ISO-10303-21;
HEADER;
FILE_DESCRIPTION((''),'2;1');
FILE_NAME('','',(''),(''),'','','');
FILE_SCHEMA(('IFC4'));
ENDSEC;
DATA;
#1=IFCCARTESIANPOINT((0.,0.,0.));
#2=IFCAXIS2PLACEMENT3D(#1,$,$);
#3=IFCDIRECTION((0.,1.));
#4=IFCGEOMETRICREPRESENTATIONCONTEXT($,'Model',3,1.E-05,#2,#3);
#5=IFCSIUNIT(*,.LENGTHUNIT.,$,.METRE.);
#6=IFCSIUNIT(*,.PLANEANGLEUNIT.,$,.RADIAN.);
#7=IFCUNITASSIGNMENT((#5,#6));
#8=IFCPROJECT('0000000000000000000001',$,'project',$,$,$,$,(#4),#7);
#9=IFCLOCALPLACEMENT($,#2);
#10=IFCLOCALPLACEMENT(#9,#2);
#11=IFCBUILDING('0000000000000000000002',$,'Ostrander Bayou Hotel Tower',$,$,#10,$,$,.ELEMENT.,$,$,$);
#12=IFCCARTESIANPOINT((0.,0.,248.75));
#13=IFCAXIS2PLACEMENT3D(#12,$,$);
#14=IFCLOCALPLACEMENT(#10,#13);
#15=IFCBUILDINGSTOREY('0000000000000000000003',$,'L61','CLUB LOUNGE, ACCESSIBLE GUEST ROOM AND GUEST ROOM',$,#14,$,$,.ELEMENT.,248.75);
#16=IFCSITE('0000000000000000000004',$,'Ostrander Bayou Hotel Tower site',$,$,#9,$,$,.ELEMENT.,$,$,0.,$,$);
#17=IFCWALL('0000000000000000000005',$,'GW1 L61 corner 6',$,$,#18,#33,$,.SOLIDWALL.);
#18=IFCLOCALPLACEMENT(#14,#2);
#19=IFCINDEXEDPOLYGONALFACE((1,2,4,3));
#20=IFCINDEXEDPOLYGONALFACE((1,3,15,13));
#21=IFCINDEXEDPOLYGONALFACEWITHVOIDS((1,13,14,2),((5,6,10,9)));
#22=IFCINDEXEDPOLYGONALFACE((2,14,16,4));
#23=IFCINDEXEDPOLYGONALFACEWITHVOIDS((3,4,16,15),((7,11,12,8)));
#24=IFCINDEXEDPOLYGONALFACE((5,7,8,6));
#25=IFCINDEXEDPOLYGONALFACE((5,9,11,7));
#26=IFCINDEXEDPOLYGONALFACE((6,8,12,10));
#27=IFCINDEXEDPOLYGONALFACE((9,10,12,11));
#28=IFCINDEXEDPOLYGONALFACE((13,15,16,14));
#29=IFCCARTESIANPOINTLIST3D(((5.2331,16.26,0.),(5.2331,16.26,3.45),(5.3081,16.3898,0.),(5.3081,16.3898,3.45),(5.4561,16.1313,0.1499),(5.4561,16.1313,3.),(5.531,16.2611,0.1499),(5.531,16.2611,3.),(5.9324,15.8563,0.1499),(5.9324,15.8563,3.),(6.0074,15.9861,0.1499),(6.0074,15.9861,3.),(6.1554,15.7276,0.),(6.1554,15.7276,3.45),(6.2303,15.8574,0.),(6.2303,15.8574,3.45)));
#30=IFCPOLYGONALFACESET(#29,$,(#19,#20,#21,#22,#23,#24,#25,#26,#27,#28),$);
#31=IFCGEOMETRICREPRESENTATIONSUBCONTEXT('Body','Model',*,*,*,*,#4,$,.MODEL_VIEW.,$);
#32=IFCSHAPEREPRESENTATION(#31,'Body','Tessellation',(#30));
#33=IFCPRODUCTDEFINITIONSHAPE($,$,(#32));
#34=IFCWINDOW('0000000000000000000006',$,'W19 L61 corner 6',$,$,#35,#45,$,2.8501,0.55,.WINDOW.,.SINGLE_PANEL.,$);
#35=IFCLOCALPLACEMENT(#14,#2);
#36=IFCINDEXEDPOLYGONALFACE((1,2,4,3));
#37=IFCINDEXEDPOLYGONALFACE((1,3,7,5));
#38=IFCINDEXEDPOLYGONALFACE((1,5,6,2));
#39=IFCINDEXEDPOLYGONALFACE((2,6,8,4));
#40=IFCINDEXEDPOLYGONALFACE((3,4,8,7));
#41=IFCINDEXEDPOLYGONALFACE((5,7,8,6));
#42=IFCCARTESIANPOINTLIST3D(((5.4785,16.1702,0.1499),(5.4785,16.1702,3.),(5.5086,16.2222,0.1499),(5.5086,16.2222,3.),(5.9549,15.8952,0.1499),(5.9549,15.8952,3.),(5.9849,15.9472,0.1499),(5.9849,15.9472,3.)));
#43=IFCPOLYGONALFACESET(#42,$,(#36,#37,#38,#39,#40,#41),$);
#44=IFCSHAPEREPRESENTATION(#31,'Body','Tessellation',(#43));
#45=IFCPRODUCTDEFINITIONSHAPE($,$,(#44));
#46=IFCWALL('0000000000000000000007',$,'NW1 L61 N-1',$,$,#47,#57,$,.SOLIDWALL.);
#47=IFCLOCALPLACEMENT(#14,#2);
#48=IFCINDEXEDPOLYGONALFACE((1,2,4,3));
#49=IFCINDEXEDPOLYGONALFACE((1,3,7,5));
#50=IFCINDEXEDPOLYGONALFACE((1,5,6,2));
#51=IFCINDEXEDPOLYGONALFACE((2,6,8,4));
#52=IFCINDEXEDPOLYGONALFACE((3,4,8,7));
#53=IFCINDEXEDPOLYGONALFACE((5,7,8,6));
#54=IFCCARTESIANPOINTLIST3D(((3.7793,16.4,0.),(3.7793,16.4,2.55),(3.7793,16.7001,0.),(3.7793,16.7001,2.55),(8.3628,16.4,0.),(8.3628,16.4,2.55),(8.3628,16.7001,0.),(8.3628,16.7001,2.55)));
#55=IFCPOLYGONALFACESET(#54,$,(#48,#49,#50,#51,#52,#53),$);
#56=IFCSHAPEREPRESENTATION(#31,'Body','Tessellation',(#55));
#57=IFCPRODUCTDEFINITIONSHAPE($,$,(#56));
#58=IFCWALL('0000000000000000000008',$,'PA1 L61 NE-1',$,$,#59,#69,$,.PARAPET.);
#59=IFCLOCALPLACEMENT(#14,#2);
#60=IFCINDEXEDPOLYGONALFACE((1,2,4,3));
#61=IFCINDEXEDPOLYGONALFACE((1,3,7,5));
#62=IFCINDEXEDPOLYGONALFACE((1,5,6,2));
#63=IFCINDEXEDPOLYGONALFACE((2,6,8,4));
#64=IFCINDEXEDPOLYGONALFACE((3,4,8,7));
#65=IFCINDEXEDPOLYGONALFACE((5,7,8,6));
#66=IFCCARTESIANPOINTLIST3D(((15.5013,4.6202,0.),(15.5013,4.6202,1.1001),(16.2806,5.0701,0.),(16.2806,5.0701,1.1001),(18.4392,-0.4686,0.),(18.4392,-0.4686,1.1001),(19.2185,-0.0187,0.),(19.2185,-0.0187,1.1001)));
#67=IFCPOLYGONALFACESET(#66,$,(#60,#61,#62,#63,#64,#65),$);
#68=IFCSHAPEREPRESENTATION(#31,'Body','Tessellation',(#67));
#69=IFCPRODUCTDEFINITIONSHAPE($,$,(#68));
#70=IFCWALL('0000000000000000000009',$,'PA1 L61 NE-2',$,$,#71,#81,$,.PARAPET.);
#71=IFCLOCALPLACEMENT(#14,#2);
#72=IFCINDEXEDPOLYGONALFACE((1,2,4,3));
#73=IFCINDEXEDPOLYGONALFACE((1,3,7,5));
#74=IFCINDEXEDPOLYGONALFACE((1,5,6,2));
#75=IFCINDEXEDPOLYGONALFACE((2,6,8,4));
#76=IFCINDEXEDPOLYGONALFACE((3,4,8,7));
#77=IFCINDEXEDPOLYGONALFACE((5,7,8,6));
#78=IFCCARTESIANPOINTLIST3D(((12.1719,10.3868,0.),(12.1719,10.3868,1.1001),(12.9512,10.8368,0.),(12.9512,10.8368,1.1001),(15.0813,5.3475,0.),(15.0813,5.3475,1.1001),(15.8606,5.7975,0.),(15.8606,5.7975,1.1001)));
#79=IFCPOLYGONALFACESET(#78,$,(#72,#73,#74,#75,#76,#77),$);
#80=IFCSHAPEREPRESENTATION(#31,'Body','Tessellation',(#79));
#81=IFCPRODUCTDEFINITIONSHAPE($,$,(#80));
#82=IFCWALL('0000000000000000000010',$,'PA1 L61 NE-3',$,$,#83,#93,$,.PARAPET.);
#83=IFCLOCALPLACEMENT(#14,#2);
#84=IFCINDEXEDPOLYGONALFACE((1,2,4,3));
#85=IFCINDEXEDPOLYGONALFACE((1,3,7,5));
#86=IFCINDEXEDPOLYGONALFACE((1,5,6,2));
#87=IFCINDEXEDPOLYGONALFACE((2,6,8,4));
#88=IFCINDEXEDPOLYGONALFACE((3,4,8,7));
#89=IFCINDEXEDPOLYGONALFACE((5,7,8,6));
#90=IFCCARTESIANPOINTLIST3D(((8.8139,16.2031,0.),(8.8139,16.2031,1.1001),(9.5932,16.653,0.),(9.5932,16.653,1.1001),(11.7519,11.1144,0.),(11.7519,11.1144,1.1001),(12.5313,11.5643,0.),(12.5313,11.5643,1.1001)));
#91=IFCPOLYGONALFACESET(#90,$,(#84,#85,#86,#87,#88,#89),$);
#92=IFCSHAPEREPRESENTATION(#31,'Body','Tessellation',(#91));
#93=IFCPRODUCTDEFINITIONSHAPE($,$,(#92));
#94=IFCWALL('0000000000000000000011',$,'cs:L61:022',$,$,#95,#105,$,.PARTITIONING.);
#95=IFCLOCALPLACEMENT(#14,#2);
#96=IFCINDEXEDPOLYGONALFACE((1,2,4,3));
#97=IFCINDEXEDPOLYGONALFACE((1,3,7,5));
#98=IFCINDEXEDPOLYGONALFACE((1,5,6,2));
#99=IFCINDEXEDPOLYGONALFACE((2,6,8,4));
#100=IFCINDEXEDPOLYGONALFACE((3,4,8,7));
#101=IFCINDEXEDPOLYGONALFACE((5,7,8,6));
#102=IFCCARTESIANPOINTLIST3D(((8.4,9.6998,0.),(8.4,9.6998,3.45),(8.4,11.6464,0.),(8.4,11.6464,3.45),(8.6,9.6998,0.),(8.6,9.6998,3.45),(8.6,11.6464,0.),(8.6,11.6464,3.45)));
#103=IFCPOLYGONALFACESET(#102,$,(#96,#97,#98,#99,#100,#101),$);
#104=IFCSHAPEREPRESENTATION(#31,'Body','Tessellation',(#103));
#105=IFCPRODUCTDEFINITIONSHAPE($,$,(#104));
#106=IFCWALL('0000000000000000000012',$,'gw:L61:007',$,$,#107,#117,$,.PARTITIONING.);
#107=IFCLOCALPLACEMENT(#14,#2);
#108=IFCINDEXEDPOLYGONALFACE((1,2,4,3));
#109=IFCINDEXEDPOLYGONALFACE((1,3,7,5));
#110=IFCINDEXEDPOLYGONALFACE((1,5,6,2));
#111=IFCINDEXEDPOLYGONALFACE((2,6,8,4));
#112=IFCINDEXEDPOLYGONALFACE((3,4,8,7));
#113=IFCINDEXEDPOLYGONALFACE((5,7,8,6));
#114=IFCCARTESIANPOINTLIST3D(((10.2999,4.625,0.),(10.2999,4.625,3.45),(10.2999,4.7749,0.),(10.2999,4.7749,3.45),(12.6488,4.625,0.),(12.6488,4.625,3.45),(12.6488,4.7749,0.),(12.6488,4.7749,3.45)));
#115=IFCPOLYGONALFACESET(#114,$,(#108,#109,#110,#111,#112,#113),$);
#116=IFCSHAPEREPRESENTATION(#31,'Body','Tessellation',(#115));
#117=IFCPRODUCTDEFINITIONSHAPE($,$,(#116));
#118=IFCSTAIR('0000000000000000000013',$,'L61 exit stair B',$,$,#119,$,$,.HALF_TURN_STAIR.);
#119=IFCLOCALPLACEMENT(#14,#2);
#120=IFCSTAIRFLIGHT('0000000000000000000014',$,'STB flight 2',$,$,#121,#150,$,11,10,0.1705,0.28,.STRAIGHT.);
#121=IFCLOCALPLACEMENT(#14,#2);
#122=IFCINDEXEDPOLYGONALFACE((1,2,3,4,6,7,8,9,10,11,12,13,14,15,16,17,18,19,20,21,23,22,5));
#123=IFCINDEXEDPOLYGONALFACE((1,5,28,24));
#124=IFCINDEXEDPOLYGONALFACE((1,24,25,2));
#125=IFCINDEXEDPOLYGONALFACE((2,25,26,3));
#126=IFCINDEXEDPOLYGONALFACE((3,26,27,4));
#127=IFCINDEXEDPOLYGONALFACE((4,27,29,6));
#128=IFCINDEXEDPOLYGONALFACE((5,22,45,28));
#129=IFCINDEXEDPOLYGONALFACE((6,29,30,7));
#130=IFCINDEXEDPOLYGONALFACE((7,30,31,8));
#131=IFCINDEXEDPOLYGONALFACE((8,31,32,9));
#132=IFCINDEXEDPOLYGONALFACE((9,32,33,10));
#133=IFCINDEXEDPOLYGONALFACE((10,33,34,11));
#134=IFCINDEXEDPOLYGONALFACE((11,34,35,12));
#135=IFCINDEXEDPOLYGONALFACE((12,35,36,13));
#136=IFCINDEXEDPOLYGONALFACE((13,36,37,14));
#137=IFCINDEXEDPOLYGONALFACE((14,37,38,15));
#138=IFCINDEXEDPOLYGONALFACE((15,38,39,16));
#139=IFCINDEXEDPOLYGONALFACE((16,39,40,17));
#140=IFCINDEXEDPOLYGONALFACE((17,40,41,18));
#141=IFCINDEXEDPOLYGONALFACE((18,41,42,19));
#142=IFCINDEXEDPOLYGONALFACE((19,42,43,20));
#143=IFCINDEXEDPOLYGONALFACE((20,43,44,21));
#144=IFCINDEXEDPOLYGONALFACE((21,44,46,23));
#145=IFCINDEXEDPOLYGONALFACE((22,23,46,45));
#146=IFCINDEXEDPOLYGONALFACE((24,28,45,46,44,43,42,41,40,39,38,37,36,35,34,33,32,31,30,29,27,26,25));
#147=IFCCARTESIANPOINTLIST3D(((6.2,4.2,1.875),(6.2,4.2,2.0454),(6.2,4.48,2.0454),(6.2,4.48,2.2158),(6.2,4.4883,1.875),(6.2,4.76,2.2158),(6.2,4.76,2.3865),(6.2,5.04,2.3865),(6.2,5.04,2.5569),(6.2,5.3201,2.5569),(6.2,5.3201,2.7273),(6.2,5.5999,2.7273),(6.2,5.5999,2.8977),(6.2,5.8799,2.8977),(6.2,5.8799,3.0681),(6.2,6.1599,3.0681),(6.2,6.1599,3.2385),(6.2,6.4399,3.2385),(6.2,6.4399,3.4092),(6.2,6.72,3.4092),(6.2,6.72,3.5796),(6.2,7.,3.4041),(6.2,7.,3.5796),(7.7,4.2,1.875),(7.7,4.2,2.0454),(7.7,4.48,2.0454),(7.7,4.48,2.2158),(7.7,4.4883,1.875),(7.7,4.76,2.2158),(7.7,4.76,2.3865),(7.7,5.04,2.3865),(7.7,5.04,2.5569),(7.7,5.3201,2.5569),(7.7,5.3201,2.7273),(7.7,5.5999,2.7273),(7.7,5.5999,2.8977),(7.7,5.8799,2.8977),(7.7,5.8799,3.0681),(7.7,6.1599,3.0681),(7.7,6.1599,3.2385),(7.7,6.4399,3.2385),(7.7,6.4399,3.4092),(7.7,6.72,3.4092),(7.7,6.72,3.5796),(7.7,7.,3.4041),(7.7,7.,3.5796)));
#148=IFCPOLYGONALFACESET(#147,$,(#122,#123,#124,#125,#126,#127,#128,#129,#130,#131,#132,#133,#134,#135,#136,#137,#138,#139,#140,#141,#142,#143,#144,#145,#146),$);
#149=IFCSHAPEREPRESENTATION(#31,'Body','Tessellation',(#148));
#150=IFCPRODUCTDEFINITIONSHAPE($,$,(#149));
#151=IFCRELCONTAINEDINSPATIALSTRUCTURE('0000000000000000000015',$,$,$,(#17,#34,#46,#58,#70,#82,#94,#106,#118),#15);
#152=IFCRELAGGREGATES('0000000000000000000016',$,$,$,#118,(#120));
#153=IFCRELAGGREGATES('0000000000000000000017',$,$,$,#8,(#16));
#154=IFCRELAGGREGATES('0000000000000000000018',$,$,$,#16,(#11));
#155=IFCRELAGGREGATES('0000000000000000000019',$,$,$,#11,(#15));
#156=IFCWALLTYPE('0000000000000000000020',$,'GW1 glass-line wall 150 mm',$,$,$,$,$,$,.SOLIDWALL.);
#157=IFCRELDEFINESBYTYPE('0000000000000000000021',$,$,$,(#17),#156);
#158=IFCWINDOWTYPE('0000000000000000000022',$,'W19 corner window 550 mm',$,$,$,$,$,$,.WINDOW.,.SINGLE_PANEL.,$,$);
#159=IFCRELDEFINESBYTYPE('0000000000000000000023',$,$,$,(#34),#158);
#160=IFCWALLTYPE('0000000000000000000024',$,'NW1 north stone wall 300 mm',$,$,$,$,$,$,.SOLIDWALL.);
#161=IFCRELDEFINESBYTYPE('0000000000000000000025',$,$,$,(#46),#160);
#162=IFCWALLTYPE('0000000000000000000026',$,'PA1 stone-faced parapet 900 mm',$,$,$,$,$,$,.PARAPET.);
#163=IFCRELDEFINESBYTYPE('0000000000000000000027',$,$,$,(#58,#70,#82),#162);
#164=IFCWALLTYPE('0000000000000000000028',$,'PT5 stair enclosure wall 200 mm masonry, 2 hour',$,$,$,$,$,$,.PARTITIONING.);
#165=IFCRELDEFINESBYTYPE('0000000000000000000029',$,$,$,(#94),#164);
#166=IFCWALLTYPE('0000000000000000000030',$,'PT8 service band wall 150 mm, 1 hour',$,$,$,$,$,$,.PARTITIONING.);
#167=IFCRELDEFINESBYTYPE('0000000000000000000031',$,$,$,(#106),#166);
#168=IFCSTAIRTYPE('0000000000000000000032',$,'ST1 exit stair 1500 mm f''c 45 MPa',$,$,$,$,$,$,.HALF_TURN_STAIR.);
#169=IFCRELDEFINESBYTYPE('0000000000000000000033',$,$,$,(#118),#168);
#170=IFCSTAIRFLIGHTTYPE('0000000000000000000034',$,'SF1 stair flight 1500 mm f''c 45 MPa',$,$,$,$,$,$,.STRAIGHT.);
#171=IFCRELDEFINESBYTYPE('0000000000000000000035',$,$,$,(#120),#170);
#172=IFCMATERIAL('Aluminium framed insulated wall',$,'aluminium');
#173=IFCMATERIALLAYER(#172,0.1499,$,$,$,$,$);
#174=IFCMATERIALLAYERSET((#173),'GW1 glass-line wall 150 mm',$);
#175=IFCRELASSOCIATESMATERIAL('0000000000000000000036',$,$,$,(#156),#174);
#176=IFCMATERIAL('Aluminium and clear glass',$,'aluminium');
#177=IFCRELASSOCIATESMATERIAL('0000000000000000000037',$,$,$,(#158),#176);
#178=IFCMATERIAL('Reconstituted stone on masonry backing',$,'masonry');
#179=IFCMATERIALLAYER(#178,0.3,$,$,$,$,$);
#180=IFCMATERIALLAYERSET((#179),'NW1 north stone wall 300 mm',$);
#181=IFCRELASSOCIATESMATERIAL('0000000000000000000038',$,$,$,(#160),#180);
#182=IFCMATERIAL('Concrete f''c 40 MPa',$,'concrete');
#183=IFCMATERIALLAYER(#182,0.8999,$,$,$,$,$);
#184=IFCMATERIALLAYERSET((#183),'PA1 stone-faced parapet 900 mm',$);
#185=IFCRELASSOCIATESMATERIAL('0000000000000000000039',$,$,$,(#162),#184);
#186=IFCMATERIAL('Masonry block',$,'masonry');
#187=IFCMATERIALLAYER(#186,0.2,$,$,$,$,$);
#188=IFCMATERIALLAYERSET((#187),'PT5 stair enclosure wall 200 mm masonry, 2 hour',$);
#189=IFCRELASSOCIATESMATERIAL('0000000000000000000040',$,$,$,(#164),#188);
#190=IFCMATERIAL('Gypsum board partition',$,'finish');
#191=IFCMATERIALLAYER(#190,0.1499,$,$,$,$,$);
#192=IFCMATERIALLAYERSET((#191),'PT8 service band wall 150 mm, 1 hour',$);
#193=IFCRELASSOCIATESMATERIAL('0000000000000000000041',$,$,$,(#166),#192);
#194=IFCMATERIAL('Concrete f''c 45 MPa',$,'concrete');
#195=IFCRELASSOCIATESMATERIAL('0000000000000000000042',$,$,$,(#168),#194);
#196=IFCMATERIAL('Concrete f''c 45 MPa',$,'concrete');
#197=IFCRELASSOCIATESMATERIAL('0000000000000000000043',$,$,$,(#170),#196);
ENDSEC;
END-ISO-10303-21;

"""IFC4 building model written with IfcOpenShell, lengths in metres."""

from ifc_helpers import new_model, si_unit, direction, frame, frame_2d, origin, place, context, subcontext, project, spatial, polyline, rectangle, outline, extrude, material, layer, layer_set, type_object, element, fill, aggregate, save


model = new_model("IFC4")

# Units and contexts
model_context = context("Model", 3, precision=1e-05, world=origin(), true_north=direction((0.0, 1.0)))
body_context = subcontext(model_context, "Body", "Model", "MODEL_VIEW")
ifc_project = project(units=[si_unit("LENGTHUNIT", "METRE"), si_unit("PLANEANGLEUNIT", "RADIAN")], contexts=[model_context])

# Site, building, storey
site_placement = place(None, origin())
site = spatial("IfcSite", under=ifc_project, at=site_placement, Name="Ostrander Bayou Hotel Tower site", CompositionType="ELEMENT", RefElevation=0.0)
building_placement = place(site_placement, origin())
building = spatial("IfcBuilding", under=site, at=building_placement, Name="Ostrander Bayou Hotel Tower", CompositionType="ELEMENT")
storey_placement = place(building_placement, frame((0.0, 0.0, 248.75)))
storey = spatial("IfcBuildingStorey", under=building, at=storey_placement, Name="L61", Description="CLUB LOUNGE, ACCESSIBLE GUEST ROOM AND GUEST ROOM", CompositionType="ELEMENT", Elevation=248.75)

# Shared definitions
ifc_material_1 = material(Name="Aluminium framed insulated wall", Category="aluminium")
ifc_layer_1 = layer(ifc_material_1, 0.1499)
ifc_layer_set_1 = layer_set([ifc_layer_1], Name="GW1 glass-line wall 150 mm")
wall_type_1 = type_object("IfcWallType", Name="GW1 glass-line wall 150 mm", PredefinedType="SOLIDWALL", material=ifc_layer_set_1)

# Wall, opening, window
wall_1_placement = place(storey_placement, frame((6.1929, 15.7925, 0.0), z_axis=(0.0, 0.0, 1.0), x_axis=(-0.866048, 0.499961, 0.0)))
wall_1 = element("IfcWall", 1, at=wall_1_placement, inside=storey, type_object=wall_type_1, Name="GW1 L61 corner 6", PredefinedType="SOLIDWALL", context=body_context, shape_type="SweptSolid", body=[
    extrude(rectangle(XDim=1.0649, YDim=0.1499, at=frame_2d((0.5325, 0.0))), origin(), (0.0, 0.0, 1.0), 3.45),
])
opening_1_placement = place(wall_1_placement, frame((0.2576, 0.0, 0.1499)))
opening_1 = element("IfcOpeningElement", 2, at=opening_1_placement, cuts=wall_1, PredefinedType="OPENING", context=body_context, shape_type="SweptSolid", body=[
    extrude(rectangle(XDim=0.55, YDim=2.8501, at=frame_2d((0.2749, 1.425))), frame((0.0, 0.075, 0.0), z_axis=(0.0, -1.0, 0.0), x_axis=(1.0, 0.0, 0.0)), (0.0, 0.0, 1.0), 0.1499),
])
ifc_material_2 = material(Name="Aluminium and clear glass", Category="aluminium")
window_type_1 = type_object("IfcWindowType", Name="W19 corner window 550 mm", PartitioningType="SINGLE_PANEL", PredefinedType="WINDOW", material=ifc_material_2)
window_1_placement = place(opening_1_placement, origin())
window_1 = element("IfcWindow", 3, at=window_1_placement, inside=storey, type_object=window_type_1, Name="W19 L61 corner 6", OverallHeight=2.8501, OverallWidth=0.55, PartitioningType="SINGLE_PANEL", PredefinedType="WINDOW", context=body_context, shape_type="SweptSolid", body=[
    extrude(rectangle(XDim=0.55, YDim=2.8501, at=frame_2d((0.2749, 1.425))), frame((0.0, 0.03, 0.0), z_axis=(0.0, -1.0, 0.0), x_axis=(1.0, 0.0, 0.0)), (0.0, 0.0, 1.0), 0.0601),
])
fill(opening_1, window_1)

# Walls
ifc_material_3 = material(Name="Reconstituted stone on masonry backing", Category="masonry")
ifc_layer_2 = layer(ifc_material_3, 0.3)
ifc_layer_set_2 = layer_set([ifc_layer_2], Name="NW1 north stone wall 300 mm")
wall_type_2 = type_object("IfcWallType", Name="NW1 north stone wall 300 mm", PredefinedType="SOLIDWALL", material=ifc_layer_set_2)
wall_2_placement = place(storey_placement, frame((8.3628, 16.55, 0.0), z_axis=(0.0, 0.0, 1.0), x_axis=(-1.0, 0.0, 0.0)))
element("IfcWall", 4, at=wall_2_placement, inside=storey, type_object=wall_type_2, Name="NW1 L61 N-1", PredefinedType="SOLIDWALL", context=body_context, shape_type="SweptSolid", body=[
    extrude(rectangle(XDim=4.5835, YDim=0.3, at=frame_2d((2.2917, 0.0))), origin(), (0.0, 0.0, 1.0), 2.55),
])
ifc_material_4 = material(Name="Concrete f'c 40 MPa", Category="concrete")
ifc_layer_3 = layer(ifc_material_4, 0.8999)
ifc_layer_set_3 = layer_set([ifc_layer_3], Name="PA1 stone-faced parapet 900 mm")
wall_type_3 = type_object("IfcWallType", Name="PA1 stone-faced parapet 900 mm", PredefinedType="PARAPET", material=ifc_layer_set_3)
wall_3_placement = place(storey_placement, frame((18.8289, -0.2437, 0.0), z_axis=(0.0, 0.0, 1.0), x_axis=(-0.499991, 0.866031, 0.0)))
element("IfcWall", 5, at=wall_3_placement, inside=storey, type_object=wall_type_3, Name="PA1 L61 NE-1", PredefinedType="PARAPET", context=body_context, shape_type="SweptSolid", body=[
    extrude(rectangle(XDim=5.876, YDim=0.8999, at=frame_2d((2.938, 0.0))), origin(), (0.0, 0.0, 1.0), 1.1001),
])
wall_4_placement = place(storey_placement, frame((15.4709, 5.5725, 0.0), z_axis=(0.0, 0.0, 1.0), x_axis=(-0.499997, 0.866027, 0.0)))
element("IfcWall", 6, at=wall_4_placement, inside=storey, type_object=wall_type_3, Name="PA1 L61 NE-2", PredefinedType="PARAPET", context=body_context, shape_type="SweptSolid", body=[
    extrude(rectangle(XDim=5.8188, YDim=0.8999, at=frame_2d((2.9094, 0.0))), origin(), (0.0, 0.0, 1.0), 1.1001),
])
wall_5_placement = place(storey_placement, frame((12.1416, 11.3394, 0.0), z_axis=(0.0, 0.0, 1.0), x_axis=(-0.500009, 0.86602, 0.0)))
element("IfcWall", 7, at=wall_5_placement, inside=storey, type_object=wall_type_3, Name="PA1 L61 NE-3", PredefinedType="PARAPET", context=body_context, shape_type="SweptSolid", body=[
    extrude(rectangle(XDim=5.876, YDim=0.8999, at=frame_2d((2.938, 0.0))), origin(), (0.0, 0.0, 1.0), 1.1001),
])
ifc_material_5 = material(Name="Masonry block", Category="masonry")
ifc_layer_4 = layer(ifc_material_5, 0.2)
ifc_layer_set_4 = layer_set([ifc_layer_4], Name="PT5 stair enclosure wall 200 mm masonry, 2 hour")
wall_type_4 = type_object("IfcWallType", Name="PT5 stair enclosure wall 200 mm masonry, 2 hour", PredefinedType="PARTITIONING", material=ifc_layer_set_4)
wall_6_placement = place(storey_placement, frame((8.5, 9.7, 0.0), z_axis=(0.0, 0.0, 1.0), x_axis=(0.0, 1.0, 0.0)))
element("IfcWall", 8, at=wall_6_placement, inside=storey, type_object=wall_type_4, Name="cs:L61:022", PredefinedType="PARTITIONING", context=body_context, shape_type="SweptSolid", body=[
    extrude(rectangle(XDim=1.9465, YDim=0.2, at=frame_2d((0.9731, 0.0))), origin(), (0.0, 0.0, 1.0), 3.45),
])
ifc_material_6 = material(Name="Gypsum board partition", Category="finish")
ifc_layer_5 = layer(ifc_material_6, 0.1499)
ifc_layer_set_5 = layer_set([ifc_layer_5], Name="PT8 service band wall 150 mm, 1 hour")
wall_type_5 = type_object("IfcWallType", Name="PT8 service band wall 150 mm, 1 hour", PredefinedType="PARTITIONING", material=ifc_layer_set_5)
wall_7_placement = place(storey_placement, frame((10.3, 4.7, 0.0), z_axis=(0.0, 0.0, 1.0), x_axis=(1.0, 0.0, 0.0)))
element("IfcWall", 9, at=wall_7_placement, inside=storey, type_object=wall_type_5, Name="gw:L61:007", PredefinedType="PARTITIONING", context=body_context, shape_type="SweptSolid", body=[
    extrude(rectangle(XDim=2.3489, YDim=0.1499, at=frame_2d((1.1743, 0.0))), origin(), (0.0, 0.0, 1.0), 3.45),
])

# Stair, stair flight
ifc_material_7 = material(Name="Concrete f'c 45 MPa", Category="concrete")
stair_type = type_object("IfcStairType", Name="ST1 exit stair 1500 mm f'c 45 MPa", PredefinedType="HALF_TURN_STAIR", material=ifc_material_7)
stair_placement = place(storey_placement, origin())
stair = element("IfcStair", 10, at=stair_placement, inside=storey, type_object=stair_type, Name="L61 exit stair B", PredefinedType="HALF_TURN_STAIR")
ifc_material_8 = material(Name="Concrete f'c 45 MPa", Category="concrete")
stair_flight_type = type_object("IfcStairFlightType", Name="SF1 stair flight 1500 mm f'c 45 MPa", PredefinedType="STRAIGHT", material=ifc_material_8)
stair_flight_placement = place(storey_placement, frame((6.95, 4.2, 1.875), z_axis=(0.0, 0.0, 1.0), x_axis=(0.0, 1.0, 0.0)))
stair_flight = element("IfcStairFlight", 11, at=stair_flight_placement, type_object=stair_flight_type, Name="STB flight 2", NumberOfRisers=11, NumberOfTreads=10, PredefinedType="STRAIGHT", RiserHeight=0.1705, TreadLength=0.28, context=body_context, shape_type="SweptSolid", body=[
    extrude(outline(polyline([(0.0, 0.0), (0.0, 0.1704), (0.28, 0.1704), (0.28, 0.3408), (0.5601, 0.3408), (0.5601, 0.5115), (0.8401, 0.5115), (0.8401, 0.6819), (1.1201, 0.6819), (1.1201, 0.8523), (1.3999, 0.8523), (1.3999, 1.0227), (1.6799, 1.0227), (1.6799, 1.1931), (1.96, 1.1931), (1.96, 1.3635), (2.24, 1.3635), (2.24, 1.5342), (2.52, 1.5342), (2.52, 1.7046), (2.8, 1.7046), (2.8, 1.875), (2.8, 1.5291), (0.2883, 0.0), (0.0, 0.0)])), frame((0.0, 0.75, 0.0), z_axis=(0.0, -1.0, 0.0), x_axis=(1.0, 0.0, 0.0)), (0.0, 0.0, 1.0), 1.5),
])
aggregate(stair, [stair_flight])

save(model, "model.ifc")
